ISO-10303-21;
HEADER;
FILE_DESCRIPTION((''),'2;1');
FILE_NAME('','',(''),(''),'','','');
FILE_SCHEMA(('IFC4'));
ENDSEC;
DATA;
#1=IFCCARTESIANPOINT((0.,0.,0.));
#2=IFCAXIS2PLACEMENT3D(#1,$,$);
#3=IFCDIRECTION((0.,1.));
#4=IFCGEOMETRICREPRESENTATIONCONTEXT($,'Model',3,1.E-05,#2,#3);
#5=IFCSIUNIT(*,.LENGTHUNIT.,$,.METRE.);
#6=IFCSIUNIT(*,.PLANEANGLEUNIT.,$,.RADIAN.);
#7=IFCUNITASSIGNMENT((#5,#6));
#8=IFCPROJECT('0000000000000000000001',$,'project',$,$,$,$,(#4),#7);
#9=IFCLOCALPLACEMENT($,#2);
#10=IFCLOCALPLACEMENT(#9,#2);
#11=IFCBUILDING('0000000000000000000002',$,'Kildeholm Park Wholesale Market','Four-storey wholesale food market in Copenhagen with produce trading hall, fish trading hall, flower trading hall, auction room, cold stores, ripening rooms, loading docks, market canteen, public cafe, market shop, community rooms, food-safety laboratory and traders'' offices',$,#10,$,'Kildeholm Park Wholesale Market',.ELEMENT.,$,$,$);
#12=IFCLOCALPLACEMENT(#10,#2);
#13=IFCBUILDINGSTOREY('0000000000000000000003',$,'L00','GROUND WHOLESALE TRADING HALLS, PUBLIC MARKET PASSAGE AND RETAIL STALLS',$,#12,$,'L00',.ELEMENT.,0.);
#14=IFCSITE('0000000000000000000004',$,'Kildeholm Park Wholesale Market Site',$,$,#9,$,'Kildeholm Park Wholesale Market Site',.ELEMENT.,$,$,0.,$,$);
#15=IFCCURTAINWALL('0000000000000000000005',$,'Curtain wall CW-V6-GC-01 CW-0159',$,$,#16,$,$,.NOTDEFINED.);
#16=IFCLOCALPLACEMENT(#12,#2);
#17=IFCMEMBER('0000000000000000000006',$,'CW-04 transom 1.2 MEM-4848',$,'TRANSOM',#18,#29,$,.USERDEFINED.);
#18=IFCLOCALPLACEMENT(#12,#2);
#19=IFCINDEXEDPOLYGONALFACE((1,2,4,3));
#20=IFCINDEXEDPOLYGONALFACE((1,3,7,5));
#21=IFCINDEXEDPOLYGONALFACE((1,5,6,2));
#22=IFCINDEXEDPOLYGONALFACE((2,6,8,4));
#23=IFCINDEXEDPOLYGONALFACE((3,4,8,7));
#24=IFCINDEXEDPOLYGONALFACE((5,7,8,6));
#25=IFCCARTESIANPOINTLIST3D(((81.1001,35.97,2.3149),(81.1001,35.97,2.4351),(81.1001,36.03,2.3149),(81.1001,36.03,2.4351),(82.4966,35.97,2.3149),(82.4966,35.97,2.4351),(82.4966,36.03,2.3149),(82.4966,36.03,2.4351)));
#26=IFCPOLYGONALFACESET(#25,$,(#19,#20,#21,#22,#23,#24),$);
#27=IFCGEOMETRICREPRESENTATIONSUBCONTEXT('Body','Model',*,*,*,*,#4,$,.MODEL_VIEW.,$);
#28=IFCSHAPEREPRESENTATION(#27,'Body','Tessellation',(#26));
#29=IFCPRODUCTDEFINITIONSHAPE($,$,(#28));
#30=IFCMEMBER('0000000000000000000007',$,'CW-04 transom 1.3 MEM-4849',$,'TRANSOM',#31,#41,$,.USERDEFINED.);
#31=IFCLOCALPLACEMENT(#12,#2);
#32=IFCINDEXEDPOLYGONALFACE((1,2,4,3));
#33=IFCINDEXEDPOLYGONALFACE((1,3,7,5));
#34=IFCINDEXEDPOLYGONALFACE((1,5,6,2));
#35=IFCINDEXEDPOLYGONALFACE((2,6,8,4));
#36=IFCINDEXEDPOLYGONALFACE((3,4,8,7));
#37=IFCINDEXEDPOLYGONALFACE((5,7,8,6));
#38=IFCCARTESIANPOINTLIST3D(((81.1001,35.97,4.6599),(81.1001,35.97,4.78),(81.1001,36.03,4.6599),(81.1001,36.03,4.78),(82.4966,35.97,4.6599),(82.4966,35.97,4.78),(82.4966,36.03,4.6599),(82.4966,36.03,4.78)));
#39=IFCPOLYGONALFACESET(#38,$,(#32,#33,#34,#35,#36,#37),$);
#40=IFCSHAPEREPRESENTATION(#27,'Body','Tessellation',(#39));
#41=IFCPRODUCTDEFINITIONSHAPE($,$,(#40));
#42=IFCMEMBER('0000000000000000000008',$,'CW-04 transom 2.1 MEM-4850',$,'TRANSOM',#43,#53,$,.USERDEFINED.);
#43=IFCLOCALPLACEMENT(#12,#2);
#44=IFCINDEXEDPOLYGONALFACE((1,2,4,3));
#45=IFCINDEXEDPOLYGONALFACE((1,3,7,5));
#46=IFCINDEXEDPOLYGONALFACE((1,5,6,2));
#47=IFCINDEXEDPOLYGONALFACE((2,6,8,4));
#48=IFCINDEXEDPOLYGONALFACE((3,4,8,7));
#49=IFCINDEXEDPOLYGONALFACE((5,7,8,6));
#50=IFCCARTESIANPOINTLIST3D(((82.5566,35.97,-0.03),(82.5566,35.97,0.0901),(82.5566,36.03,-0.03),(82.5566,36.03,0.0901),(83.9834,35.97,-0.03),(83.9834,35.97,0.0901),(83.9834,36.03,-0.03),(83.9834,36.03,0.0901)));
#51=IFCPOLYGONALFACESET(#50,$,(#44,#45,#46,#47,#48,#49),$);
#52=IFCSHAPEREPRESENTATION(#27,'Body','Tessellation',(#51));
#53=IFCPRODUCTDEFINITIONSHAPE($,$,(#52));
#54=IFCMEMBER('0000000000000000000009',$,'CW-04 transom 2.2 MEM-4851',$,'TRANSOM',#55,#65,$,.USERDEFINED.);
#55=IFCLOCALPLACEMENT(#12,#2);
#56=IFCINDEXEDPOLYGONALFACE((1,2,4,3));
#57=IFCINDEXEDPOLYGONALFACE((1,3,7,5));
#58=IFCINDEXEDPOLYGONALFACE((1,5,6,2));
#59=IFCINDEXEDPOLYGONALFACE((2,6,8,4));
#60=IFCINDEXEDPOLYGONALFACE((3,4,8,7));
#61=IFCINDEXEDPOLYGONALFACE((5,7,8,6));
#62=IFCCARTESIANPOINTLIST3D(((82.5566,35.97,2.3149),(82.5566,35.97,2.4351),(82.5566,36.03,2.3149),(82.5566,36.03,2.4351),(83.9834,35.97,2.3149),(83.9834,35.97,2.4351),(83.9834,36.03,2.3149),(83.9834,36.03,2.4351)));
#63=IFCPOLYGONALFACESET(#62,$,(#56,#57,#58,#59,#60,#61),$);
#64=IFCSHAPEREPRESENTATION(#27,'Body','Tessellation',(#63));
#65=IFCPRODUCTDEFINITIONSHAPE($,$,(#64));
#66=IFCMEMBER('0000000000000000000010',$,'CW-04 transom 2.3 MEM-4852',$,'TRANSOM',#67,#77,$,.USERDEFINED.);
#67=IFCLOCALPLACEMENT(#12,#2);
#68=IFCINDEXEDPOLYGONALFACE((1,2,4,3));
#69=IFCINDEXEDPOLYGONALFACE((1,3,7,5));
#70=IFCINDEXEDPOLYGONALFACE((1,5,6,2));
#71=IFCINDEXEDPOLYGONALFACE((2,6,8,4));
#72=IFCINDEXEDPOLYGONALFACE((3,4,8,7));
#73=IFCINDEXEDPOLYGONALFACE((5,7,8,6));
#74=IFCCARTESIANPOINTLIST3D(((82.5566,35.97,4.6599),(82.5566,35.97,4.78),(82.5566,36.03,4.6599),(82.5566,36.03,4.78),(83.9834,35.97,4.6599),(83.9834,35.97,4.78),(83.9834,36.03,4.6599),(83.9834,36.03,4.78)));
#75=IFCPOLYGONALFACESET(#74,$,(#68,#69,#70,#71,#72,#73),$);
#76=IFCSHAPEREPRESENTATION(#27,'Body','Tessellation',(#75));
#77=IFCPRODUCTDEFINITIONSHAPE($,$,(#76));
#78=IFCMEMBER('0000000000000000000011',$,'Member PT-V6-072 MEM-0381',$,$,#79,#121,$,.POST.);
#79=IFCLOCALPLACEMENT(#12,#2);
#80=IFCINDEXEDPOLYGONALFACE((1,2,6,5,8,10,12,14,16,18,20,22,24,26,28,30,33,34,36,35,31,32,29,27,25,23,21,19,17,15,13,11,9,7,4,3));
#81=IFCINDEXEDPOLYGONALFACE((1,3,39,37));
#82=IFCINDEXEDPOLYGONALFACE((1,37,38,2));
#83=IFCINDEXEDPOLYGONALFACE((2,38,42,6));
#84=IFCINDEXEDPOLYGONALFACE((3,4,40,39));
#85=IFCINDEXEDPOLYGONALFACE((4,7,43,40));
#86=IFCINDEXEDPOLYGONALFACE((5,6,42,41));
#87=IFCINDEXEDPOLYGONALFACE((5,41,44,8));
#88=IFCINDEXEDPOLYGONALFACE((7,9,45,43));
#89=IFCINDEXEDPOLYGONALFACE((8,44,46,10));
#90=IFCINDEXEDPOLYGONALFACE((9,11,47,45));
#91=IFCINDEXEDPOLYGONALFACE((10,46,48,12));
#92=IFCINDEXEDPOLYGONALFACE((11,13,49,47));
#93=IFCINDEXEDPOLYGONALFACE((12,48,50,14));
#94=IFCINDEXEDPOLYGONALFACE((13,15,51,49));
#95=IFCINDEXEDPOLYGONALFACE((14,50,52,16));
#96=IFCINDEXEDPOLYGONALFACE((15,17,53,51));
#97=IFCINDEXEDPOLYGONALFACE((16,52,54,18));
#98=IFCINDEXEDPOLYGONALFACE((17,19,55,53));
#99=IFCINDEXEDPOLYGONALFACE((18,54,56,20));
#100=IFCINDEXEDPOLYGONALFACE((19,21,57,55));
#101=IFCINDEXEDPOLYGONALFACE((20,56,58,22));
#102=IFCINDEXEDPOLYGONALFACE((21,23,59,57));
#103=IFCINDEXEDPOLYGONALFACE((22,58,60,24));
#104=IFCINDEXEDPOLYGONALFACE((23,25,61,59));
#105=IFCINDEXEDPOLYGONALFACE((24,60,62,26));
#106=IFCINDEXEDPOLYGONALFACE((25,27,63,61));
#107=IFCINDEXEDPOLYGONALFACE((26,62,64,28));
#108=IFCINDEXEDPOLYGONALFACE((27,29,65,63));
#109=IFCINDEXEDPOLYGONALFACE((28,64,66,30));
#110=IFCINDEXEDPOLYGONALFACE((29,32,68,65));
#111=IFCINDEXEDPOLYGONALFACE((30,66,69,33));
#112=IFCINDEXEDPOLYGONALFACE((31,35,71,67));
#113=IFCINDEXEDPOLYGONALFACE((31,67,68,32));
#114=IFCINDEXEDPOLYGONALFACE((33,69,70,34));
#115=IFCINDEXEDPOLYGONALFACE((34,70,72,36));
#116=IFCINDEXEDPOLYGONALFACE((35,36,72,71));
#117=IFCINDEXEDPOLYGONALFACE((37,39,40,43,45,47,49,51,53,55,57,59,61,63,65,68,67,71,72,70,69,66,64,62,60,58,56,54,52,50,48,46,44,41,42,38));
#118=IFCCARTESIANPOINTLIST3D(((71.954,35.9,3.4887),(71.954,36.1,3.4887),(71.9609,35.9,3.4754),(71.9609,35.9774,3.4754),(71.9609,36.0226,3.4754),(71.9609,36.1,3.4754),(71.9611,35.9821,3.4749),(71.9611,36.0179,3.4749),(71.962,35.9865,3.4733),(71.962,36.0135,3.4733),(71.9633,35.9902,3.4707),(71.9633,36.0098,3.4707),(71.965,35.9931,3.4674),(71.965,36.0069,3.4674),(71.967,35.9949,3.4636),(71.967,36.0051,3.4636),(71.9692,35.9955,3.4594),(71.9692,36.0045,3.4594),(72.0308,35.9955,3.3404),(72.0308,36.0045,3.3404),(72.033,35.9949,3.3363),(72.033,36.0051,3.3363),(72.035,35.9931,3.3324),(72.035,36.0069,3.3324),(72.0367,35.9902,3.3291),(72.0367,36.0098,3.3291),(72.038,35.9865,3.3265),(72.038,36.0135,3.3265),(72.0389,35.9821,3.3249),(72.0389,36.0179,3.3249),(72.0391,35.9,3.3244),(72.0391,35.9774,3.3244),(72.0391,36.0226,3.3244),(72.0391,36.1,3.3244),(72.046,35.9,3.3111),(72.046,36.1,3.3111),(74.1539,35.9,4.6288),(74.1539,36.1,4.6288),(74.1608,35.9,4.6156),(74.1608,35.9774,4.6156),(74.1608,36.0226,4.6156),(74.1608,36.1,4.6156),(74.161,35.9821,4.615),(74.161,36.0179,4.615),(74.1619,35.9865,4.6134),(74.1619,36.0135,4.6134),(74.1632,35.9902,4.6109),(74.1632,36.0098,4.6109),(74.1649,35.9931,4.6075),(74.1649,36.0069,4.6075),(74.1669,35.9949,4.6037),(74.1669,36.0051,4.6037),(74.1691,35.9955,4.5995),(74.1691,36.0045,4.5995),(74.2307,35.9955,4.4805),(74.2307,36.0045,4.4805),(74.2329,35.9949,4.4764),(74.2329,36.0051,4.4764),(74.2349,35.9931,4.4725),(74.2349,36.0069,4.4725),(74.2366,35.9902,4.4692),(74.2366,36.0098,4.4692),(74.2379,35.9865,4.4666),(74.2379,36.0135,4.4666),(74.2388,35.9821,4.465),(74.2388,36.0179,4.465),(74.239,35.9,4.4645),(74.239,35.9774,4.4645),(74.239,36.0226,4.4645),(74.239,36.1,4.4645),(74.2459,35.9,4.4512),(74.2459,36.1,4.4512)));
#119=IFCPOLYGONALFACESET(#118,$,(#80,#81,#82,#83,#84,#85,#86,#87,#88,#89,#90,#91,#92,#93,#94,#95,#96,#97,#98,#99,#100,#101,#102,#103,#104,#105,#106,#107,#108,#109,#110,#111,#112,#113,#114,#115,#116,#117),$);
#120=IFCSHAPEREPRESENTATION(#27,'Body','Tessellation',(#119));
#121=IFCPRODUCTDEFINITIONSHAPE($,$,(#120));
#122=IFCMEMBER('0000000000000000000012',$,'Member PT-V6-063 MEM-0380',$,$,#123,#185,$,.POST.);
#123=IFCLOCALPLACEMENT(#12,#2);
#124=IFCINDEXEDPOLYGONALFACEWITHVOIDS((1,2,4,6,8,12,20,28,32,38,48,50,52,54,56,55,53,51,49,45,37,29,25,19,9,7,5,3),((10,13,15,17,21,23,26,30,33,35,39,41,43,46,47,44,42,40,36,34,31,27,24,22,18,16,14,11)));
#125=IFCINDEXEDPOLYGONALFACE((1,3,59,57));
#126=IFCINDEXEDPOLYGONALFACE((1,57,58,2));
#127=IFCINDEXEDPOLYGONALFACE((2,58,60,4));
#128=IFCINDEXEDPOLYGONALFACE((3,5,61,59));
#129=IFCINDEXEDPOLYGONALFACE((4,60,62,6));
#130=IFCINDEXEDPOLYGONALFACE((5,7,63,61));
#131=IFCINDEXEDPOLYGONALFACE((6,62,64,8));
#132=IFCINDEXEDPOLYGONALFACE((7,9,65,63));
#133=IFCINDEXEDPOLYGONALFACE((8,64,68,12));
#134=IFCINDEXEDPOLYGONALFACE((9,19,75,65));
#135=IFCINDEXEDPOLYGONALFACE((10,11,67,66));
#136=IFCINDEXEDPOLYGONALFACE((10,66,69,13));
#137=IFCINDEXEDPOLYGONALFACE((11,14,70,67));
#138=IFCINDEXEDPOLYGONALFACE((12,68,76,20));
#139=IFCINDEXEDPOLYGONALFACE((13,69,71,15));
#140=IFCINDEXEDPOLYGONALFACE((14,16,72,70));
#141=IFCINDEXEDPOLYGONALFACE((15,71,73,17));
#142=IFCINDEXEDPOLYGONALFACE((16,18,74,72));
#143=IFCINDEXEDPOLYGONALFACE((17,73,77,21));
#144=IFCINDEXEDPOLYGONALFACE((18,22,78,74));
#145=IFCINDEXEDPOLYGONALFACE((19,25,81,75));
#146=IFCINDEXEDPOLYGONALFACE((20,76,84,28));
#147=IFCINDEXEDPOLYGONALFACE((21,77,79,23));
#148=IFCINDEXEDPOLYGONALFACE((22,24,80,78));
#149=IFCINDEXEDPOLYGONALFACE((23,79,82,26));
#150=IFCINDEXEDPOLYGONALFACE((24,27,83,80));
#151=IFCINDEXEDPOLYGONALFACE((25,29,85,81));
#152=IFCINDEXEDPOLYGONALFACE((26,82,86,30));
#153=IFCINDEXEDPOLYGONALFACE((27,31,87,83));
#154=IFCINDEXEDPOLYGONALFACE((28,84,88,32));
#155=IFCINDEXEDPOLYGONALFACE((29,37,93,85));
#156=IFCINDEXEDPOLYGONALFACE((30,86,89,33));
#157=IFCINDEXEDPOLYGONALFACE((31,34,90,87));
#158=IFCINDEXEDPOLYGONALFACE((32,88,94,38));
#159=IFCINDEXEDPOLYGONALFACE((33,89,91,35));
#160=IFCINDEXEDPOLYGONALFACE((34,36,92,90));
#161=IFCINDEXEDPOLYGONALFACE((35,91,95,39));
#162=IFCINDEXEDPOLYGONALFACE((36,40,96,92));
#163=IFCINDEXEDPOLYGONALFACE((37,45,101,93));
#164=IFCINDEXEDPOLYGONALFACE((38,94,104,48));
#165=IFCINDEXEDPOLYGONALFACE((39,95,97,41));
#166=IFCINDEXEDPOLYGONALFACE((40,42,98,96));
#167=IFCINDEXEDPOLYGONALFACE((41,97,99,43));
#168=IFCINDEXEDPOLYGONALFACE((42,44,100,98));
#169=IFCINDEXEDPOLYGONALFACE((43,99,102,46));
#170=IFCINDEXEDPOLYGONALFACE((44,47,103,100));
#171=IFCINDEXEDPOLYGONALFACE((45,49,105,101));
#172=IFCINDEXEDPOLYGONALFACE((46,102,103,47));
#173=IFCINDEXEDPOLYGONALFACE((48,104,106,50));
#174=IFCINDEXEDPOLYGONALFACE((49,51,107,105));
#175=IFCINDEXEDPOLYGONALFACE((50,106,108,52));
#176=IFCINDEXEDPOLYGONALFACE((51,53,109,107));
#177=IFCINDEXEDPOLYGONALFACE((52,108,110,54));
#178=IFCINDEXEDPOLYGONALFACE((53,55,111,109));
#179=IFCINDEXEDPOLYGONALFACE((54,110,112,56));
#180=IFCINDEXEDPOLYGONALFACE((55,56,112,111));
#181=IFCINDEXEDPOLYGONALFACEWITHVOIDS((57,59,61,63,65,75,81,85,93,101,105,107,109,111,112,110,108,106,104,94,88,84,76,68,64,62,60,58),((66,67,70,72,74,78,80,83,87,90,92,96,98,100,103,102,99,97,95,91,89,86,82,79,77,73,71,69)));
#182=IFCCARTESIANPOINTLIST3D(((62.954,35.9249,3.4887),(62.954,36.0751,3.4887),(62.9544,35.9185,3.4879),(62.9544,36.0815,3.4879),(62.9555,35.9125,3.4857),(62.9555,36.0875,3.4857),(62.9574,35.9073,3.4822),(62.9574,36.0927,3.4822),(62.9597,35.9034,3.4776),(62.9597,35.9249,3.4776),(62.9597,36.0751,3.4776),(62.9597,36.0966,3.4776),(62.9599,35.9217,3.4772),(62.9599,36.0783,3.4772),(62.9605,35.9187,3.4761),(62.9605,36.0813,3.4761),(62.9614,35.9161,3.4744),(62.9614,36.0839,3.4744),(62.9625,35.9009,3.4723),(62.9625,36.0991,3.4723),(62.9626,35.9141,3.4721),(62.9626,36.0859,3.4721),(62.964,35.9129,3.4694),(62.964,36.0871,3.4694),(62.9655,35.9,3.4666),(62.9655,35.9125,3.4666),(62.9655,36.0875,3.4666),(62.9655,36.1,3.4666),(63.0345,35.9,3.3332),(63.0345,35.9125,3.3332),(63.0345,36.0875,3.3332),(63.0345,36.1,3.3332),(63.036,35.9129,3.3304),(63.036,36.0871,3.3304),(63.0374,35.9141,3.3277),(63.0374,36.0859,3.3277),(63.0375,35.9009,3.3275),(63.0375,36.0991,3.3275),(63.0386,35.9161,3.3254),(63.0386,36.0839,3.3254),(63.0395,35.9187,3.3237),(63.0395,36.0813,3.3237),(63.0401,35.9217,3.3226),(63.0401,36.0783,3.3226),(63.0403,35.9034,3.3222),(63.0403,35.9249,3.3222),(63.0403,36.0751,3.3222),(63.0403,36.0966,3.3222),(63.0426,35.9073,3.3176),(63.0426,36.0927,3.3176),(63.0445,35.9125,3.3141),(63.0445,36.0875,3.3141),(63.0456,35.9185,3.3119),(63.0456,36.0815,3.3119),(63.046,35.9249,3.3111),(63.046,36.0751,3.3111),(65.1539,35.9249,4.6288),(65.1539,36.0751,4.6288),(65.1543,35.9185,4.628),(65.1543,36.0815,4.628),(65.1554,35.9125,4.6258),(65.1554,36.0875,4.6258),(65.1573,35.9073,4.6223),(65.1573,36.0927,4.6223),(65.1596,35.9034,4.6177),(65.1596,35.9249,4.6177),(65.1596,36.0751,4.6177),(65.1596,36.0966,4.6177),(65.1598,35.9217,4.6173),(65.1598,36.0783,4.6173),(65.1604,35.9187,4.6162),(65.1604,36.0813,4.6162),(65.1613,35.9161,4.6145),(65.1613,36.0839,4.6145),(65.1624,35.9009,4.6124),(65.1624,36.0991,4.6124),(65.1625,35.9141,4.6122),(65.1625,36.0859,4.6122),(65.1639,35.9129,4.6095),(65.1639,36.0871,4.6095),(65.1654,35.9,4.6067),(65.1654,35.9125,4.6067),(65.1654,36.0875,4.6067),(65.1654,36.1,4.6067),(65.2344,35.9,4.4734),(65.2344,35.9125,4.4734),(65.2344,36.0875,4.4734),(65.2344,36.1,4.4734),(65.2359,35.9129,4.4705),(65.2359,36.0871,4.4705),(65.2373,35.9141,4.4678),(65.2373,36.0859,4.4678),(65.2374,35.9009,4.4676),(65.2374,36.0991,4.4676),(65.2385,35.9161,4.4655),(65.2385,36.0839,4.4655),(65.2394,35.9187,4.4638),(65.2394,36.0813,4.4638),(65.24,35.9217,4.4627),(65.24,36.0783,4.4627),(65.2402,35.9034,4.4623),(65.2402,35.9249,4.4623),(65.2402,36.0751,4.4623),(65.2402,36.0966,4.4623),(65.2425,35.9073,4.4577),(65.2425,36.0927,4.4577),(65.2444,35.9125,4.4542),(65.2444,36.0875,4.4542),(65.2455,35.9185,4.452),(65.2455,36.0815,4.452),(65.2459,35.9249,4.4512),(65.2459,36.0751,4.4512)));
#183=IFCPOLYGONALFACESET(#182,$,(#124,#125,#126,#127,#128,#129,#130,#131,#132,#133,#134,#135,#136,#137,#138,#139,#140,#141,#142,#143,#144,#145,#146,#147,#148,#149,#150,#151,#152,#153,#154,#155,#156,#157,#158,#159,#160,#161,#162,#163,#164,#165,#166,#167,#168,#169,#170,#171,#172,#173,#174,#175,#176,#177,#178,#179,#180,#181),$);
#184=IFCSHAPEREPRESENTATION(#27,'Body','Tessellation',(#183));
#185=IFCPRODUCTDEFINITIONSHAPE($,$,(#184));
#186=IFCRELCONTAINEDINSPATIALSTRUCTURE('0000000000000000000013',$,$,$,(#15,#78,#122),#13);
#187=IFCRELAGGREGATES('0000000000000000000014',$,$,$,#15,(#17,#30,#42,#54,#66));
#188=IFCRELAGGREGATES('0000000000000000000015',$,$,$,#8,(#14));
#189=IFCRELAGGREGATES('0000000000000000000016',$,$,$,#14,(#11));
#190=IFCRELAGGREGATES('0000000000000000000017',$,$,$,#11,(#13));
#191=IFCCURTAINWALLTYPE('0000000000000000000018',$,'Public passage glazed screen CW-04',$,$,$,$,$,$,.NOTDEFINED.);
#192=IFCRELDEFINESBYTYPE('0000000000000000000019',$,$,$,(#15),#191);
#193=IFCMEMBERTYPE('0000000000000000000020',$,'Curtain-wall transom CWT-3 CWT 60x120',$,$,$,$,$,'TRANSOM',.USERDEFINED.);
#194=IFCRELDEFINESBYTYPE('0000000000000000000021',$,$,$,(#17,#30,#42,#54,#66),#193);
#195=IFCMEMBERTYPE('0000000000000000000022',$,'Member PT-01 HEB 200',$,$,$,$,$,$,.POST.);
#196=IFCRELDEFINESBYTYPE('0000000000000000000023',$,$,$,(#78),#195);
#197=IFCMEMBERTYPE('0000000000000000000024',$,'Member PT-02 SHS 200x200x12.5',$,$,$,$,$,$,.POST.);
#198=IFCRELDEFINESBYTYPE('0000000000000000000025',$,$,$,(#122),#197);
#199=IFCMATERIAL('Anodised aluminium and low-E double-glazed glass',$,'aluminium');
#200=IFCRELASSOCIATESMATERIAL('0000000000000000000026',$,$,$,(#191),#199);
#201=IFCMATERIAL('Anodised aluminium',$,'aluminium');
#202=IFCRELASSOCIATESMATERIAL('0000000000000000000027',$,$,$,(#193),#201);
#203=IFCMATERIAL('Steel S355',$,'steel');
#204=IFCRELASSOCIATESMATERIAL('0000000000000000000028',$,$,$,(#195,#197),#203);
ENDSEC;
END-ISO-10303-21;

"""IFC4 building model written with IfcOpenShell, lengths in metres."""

from ifc_helpers import new_model, si_unit, direction, frame, origin, origin_2d, place, context, subcontext, project, spatial, rectangle, hollow_rectangle, i_section, extrude, material, material_profile, profile_set, type_object, element, aggregate, save


model = new_model("IFC4")

# Units and contexts
model_context = context("Model", 3, precision=1e-05, world=origin(), true_north=direction((0.0, 1.0)))
body_context = subcontext(model_context, "Body", "Model", "MODEL_VIEW")
ifc_project = project(units=[si_unit("LENGTHUNIT", "METRE"), si_unit("PLANEANGLEUNIT", "RADIAN")], contexts=[model_context])

# Site, building, storey
site_placement = place(None, origin())
site = spatial("IfcSite", under=ifc_project, at=site_placement, Name="Kildeholm Park Wholesale Market Site", LongName="Kildeholm Park Wholesale Market Site", CompositionType="ELEMENT", RefElevation=0.0)
building_placement = place(site_placement, origin())
building = spatial("IfcBuilding", under=site, at=building_placement, Name="Kildeholm Park Wholesale Market", Description="Four-storey wholesale food market in Copenhagen with produce trading hall, fish trading hall, flower trading hall, auction room, cold stores, ripening rooms, loading docks, market canteen, public cafe, market shop, community rooms, food-safety laboratory and traders' offices", LongName="Kildeholm Park Wholesale Market", CompositionType="ELEMENT")
storey_placement = place(building_placement, origin())
storey = spatial("IfcBuildingStorey", under=building, at=storey_placement, Name="L00", Description="GROUND WHOLESALE TRADING HALLS, PUBLIC MARKET PASSAGE AND RETAIL STALLS", LongName="L00", CompositionType="ELEMENT", Elevation=0.0)

# Shared definitions
ifc_material_1 = material(Name="Steel S355", Category="steel")

# Curtain wall, members
ifc_material_2 = material(Name="Anodised aluminium and low-E double-glazed glass", Category="aluminium")
curtain_wall_type = type_object("IfcCurtainWallType", Name="Public passage glazed screen CW-04", PredefinedType="NOTDEFINED", material=ifc_material_2)
curtain_wall_placement = place(storey_placement, origin())
curtain_wall = element("IfcCurtainWall", 1, at=curtain_wall_placement, inside=storey, type_object=curtain_wall_type, Name="Curtain wall CW-V6-GC-01 CW-0159", PredefinedType="NOTDEFINED")
ifc_material_3 = material(Name="Anodised aluminium", Category="aluminium")
ifc_material_profile_1 = material_profile(ifc_material_3, rectangle(XDim=0.0601, YDim=0.1201, at=origin_2d()), Name="CWT 60x120")
ifc_profile_set_1 = profile_set([ifc_material_profile_1], Name="Anodised aluminium")
member_type_1 = type_object("IfcMemberType", Name="Curtain-wall transom CWT-3 CWT 60x120", ElementType="TRANSOM", PredefinedType="USERDEFINED", material=ifc_profile_set_1)
member_1_placement = place(storey_placement, frame((81.1001, 36.0, 2.375), z_axis=(1.0, 0.0, 0.0), x_axis=(0.0, 1.0, 0.0)))
member_1 = element("IfcMember", 2, at=member_1_placement, type_object=member_type_1, Name="CW-04 transom 1.2 MEM-4848", ObjectType="TRANSOM", PredefinedType="USERDEFINED", context=body_context, shape_type="SweptSolid", body=[
    extrude(rectangle(XDim=0.0601, YDim=0.1201, at=origin_2d()), origin(), (0.0, 0.0, 1.0), 1.3965),
])
member_2_placement = place(storey_placement, frame((81.1001, 36.0, 4.72), z_axis=(1.0, 0.0, 0.0), x_axis=(0.0, 1.0, 0.0)))
member_2 = element("IfcMember", 3, at=member_2_placement, type_object=member_type_1, Name="CW-04 transom 1.3 MEM-4849", ObjectType="TRANSOM", PredefinedType="USERDEFINED", context=body_context, shape_type="SweptSolid", body=[
    extrude(rectangle(XDim=0.0601, YDim=0.1201, at=origin_2d()), origin(), (0.0, 0.0, 1.0), 1.3965),
])
member_3_placement = place(storey_placement, frame((82.5566, 36.0, 0.03), z_axis=(1.0, 0.0, 0.0), x_axis=(0.0, 1.0, 0.0)))
member_3 = element("IfcMember", 4, at=member_3_placement, type_object=member_type_1, Name="CW-04 transom 2.1 MEM-4850", ObjectType="TRANSOM", PredefinedType="USERDEFINED", context=body_context, shape_type="SweptSolid", body=[
    extrude(rectangle(XDim=0.0601, YDim=0.1201, at=origin_2d()), origin(), (0.0, 0.0, 1.0), 1.4268),
])
member_4_placement = place(storey_placement, frame((82.5566, 36.0, 2.375), z_axis=(1.0, 0.0, 0.0), x_axis=(0.0, 1.0, 0.0)))
member_4 = element("IfcMember", 5, at=member_4_placement, type_object=member_type_1, Name="CW-04 transom 2.2 MEM-4851", ObjectType="TRANSOM", PredefinedType="USERDEFINED", context=body_context, shape_type="SweptSolid", body=[
    extrude(rectangle(XDim=0.0601, YDim=0.1201, at=origin_2d()), origin(), (0.0, 0.0, 1.0), 1.4268),
])
member_5_placement = place(storey_placement, frame((82.5566, 36.0, 4.72), z_axis=(1.0, 0.0, 0.0), x_axis=(0.0, 1.0, 0.0)))
member_5 = element("IfcMember", 6, at=member_5_placement, type_object=member_type_1, Name="CW-04 transom 2.3 MEM-4852", ObjectType="TRANSOM", PredefinedType="USERDEFINED", context=body_context, shape_type="SweptSolid", body=[
    extrude(rectangle(XDim=0.0601, YDim=0.1201, at=origin_2d()), origin(), (0.0, 0.0, 1.0), 1.4268),
])

# Members
ifc_material_profile_2 = material_profile(ifc_material_1, i_section(OverallWidth=0.2, OverallDepth=0.2, WebThickness=0.009, FlangeThickness=0.0149, FilletRadius=0.0181, at=origin_2d()), Name="HEB 200")
ifc_profile_set_2 = profile_set([ifc_material_profile_2], Name="Steel S355")
member_type_2 = type_object("IfcMemberType", Name="Member PT-01 HEB 200", PredefinedType="POST", material=ifc_profile_set_2)
member_6_placement = place(storey_placement, frame((72.0, 36.0, 3.3999), z_axis=(0.88785, 0.0, 0.460133), x_axis=(0.0, 1.0, 0.0)))
element("IfcMember", 7, at=member_6_placement, inside=storey, type_object=member_type_2, Name="Member PT-V6-072 MEM-0381", PredefinedType="POST", context=body_context, shape_type="SweptSolid", body=[
    extrude(i_section(OverallWidth=0.2, OverallDepth=0.2, WebThickness=0.009, FlangeThickness=0.0149, FilletRadius=0.0181, at=origin_2d()), origin(), (0.0, 0.0, 1.0), 2.4778),
])
ifc_material_profile_3 = material_profile(ifc_material_1, hollow_rectangle(XDim=0.2, YDim=0.2, WallThickness=0.0125, InnerFilletRadius=0.0125, OuterFilletRadius=0.0249, at=origin_2d()), Name="SHS 200x200x12.5")
ifc_profile_set_3 = profile_set([ifc_material_profile_3], Name="Steel S355")
member_type_3 = type_object("IfcMemberType", Name="Member PT-02 SHS 200x200x12.5", PredefinedType="POST", material=ifc_profile_set_3)
for number, where, z_axis, x_axis, name in (
    (8, (63.0, 36.0, 3.3999), (0.88785, 0.0, 0.460133), (0.0, 1.0, 0.0), "Member PT-V6-063 MEM-0380"),
):
    element("IfcMember", number, at=place(storey_placement, frame(where, z_axis=z_axis, x_axis=x_axis)), inside=storey, type_object=member_type_3, Name=name, PredefinedType="POST", context=body_context, shape_type="SweptSolid", body=[
        extrude(hollow_rectangle(XDim=0.2, YDim=0.2, WallThickness=0.0125, InnerFilletRadius=0.0125, OuterFilletRadius=0.0249, at=origin_2d()), origin(), (0.0, 0.0, 1.0), 2.4778),
    ])

aggregate(curtain_wall, [member_1, member_2, member_3, member_4, member_5])

save(model, "model.ifc")
